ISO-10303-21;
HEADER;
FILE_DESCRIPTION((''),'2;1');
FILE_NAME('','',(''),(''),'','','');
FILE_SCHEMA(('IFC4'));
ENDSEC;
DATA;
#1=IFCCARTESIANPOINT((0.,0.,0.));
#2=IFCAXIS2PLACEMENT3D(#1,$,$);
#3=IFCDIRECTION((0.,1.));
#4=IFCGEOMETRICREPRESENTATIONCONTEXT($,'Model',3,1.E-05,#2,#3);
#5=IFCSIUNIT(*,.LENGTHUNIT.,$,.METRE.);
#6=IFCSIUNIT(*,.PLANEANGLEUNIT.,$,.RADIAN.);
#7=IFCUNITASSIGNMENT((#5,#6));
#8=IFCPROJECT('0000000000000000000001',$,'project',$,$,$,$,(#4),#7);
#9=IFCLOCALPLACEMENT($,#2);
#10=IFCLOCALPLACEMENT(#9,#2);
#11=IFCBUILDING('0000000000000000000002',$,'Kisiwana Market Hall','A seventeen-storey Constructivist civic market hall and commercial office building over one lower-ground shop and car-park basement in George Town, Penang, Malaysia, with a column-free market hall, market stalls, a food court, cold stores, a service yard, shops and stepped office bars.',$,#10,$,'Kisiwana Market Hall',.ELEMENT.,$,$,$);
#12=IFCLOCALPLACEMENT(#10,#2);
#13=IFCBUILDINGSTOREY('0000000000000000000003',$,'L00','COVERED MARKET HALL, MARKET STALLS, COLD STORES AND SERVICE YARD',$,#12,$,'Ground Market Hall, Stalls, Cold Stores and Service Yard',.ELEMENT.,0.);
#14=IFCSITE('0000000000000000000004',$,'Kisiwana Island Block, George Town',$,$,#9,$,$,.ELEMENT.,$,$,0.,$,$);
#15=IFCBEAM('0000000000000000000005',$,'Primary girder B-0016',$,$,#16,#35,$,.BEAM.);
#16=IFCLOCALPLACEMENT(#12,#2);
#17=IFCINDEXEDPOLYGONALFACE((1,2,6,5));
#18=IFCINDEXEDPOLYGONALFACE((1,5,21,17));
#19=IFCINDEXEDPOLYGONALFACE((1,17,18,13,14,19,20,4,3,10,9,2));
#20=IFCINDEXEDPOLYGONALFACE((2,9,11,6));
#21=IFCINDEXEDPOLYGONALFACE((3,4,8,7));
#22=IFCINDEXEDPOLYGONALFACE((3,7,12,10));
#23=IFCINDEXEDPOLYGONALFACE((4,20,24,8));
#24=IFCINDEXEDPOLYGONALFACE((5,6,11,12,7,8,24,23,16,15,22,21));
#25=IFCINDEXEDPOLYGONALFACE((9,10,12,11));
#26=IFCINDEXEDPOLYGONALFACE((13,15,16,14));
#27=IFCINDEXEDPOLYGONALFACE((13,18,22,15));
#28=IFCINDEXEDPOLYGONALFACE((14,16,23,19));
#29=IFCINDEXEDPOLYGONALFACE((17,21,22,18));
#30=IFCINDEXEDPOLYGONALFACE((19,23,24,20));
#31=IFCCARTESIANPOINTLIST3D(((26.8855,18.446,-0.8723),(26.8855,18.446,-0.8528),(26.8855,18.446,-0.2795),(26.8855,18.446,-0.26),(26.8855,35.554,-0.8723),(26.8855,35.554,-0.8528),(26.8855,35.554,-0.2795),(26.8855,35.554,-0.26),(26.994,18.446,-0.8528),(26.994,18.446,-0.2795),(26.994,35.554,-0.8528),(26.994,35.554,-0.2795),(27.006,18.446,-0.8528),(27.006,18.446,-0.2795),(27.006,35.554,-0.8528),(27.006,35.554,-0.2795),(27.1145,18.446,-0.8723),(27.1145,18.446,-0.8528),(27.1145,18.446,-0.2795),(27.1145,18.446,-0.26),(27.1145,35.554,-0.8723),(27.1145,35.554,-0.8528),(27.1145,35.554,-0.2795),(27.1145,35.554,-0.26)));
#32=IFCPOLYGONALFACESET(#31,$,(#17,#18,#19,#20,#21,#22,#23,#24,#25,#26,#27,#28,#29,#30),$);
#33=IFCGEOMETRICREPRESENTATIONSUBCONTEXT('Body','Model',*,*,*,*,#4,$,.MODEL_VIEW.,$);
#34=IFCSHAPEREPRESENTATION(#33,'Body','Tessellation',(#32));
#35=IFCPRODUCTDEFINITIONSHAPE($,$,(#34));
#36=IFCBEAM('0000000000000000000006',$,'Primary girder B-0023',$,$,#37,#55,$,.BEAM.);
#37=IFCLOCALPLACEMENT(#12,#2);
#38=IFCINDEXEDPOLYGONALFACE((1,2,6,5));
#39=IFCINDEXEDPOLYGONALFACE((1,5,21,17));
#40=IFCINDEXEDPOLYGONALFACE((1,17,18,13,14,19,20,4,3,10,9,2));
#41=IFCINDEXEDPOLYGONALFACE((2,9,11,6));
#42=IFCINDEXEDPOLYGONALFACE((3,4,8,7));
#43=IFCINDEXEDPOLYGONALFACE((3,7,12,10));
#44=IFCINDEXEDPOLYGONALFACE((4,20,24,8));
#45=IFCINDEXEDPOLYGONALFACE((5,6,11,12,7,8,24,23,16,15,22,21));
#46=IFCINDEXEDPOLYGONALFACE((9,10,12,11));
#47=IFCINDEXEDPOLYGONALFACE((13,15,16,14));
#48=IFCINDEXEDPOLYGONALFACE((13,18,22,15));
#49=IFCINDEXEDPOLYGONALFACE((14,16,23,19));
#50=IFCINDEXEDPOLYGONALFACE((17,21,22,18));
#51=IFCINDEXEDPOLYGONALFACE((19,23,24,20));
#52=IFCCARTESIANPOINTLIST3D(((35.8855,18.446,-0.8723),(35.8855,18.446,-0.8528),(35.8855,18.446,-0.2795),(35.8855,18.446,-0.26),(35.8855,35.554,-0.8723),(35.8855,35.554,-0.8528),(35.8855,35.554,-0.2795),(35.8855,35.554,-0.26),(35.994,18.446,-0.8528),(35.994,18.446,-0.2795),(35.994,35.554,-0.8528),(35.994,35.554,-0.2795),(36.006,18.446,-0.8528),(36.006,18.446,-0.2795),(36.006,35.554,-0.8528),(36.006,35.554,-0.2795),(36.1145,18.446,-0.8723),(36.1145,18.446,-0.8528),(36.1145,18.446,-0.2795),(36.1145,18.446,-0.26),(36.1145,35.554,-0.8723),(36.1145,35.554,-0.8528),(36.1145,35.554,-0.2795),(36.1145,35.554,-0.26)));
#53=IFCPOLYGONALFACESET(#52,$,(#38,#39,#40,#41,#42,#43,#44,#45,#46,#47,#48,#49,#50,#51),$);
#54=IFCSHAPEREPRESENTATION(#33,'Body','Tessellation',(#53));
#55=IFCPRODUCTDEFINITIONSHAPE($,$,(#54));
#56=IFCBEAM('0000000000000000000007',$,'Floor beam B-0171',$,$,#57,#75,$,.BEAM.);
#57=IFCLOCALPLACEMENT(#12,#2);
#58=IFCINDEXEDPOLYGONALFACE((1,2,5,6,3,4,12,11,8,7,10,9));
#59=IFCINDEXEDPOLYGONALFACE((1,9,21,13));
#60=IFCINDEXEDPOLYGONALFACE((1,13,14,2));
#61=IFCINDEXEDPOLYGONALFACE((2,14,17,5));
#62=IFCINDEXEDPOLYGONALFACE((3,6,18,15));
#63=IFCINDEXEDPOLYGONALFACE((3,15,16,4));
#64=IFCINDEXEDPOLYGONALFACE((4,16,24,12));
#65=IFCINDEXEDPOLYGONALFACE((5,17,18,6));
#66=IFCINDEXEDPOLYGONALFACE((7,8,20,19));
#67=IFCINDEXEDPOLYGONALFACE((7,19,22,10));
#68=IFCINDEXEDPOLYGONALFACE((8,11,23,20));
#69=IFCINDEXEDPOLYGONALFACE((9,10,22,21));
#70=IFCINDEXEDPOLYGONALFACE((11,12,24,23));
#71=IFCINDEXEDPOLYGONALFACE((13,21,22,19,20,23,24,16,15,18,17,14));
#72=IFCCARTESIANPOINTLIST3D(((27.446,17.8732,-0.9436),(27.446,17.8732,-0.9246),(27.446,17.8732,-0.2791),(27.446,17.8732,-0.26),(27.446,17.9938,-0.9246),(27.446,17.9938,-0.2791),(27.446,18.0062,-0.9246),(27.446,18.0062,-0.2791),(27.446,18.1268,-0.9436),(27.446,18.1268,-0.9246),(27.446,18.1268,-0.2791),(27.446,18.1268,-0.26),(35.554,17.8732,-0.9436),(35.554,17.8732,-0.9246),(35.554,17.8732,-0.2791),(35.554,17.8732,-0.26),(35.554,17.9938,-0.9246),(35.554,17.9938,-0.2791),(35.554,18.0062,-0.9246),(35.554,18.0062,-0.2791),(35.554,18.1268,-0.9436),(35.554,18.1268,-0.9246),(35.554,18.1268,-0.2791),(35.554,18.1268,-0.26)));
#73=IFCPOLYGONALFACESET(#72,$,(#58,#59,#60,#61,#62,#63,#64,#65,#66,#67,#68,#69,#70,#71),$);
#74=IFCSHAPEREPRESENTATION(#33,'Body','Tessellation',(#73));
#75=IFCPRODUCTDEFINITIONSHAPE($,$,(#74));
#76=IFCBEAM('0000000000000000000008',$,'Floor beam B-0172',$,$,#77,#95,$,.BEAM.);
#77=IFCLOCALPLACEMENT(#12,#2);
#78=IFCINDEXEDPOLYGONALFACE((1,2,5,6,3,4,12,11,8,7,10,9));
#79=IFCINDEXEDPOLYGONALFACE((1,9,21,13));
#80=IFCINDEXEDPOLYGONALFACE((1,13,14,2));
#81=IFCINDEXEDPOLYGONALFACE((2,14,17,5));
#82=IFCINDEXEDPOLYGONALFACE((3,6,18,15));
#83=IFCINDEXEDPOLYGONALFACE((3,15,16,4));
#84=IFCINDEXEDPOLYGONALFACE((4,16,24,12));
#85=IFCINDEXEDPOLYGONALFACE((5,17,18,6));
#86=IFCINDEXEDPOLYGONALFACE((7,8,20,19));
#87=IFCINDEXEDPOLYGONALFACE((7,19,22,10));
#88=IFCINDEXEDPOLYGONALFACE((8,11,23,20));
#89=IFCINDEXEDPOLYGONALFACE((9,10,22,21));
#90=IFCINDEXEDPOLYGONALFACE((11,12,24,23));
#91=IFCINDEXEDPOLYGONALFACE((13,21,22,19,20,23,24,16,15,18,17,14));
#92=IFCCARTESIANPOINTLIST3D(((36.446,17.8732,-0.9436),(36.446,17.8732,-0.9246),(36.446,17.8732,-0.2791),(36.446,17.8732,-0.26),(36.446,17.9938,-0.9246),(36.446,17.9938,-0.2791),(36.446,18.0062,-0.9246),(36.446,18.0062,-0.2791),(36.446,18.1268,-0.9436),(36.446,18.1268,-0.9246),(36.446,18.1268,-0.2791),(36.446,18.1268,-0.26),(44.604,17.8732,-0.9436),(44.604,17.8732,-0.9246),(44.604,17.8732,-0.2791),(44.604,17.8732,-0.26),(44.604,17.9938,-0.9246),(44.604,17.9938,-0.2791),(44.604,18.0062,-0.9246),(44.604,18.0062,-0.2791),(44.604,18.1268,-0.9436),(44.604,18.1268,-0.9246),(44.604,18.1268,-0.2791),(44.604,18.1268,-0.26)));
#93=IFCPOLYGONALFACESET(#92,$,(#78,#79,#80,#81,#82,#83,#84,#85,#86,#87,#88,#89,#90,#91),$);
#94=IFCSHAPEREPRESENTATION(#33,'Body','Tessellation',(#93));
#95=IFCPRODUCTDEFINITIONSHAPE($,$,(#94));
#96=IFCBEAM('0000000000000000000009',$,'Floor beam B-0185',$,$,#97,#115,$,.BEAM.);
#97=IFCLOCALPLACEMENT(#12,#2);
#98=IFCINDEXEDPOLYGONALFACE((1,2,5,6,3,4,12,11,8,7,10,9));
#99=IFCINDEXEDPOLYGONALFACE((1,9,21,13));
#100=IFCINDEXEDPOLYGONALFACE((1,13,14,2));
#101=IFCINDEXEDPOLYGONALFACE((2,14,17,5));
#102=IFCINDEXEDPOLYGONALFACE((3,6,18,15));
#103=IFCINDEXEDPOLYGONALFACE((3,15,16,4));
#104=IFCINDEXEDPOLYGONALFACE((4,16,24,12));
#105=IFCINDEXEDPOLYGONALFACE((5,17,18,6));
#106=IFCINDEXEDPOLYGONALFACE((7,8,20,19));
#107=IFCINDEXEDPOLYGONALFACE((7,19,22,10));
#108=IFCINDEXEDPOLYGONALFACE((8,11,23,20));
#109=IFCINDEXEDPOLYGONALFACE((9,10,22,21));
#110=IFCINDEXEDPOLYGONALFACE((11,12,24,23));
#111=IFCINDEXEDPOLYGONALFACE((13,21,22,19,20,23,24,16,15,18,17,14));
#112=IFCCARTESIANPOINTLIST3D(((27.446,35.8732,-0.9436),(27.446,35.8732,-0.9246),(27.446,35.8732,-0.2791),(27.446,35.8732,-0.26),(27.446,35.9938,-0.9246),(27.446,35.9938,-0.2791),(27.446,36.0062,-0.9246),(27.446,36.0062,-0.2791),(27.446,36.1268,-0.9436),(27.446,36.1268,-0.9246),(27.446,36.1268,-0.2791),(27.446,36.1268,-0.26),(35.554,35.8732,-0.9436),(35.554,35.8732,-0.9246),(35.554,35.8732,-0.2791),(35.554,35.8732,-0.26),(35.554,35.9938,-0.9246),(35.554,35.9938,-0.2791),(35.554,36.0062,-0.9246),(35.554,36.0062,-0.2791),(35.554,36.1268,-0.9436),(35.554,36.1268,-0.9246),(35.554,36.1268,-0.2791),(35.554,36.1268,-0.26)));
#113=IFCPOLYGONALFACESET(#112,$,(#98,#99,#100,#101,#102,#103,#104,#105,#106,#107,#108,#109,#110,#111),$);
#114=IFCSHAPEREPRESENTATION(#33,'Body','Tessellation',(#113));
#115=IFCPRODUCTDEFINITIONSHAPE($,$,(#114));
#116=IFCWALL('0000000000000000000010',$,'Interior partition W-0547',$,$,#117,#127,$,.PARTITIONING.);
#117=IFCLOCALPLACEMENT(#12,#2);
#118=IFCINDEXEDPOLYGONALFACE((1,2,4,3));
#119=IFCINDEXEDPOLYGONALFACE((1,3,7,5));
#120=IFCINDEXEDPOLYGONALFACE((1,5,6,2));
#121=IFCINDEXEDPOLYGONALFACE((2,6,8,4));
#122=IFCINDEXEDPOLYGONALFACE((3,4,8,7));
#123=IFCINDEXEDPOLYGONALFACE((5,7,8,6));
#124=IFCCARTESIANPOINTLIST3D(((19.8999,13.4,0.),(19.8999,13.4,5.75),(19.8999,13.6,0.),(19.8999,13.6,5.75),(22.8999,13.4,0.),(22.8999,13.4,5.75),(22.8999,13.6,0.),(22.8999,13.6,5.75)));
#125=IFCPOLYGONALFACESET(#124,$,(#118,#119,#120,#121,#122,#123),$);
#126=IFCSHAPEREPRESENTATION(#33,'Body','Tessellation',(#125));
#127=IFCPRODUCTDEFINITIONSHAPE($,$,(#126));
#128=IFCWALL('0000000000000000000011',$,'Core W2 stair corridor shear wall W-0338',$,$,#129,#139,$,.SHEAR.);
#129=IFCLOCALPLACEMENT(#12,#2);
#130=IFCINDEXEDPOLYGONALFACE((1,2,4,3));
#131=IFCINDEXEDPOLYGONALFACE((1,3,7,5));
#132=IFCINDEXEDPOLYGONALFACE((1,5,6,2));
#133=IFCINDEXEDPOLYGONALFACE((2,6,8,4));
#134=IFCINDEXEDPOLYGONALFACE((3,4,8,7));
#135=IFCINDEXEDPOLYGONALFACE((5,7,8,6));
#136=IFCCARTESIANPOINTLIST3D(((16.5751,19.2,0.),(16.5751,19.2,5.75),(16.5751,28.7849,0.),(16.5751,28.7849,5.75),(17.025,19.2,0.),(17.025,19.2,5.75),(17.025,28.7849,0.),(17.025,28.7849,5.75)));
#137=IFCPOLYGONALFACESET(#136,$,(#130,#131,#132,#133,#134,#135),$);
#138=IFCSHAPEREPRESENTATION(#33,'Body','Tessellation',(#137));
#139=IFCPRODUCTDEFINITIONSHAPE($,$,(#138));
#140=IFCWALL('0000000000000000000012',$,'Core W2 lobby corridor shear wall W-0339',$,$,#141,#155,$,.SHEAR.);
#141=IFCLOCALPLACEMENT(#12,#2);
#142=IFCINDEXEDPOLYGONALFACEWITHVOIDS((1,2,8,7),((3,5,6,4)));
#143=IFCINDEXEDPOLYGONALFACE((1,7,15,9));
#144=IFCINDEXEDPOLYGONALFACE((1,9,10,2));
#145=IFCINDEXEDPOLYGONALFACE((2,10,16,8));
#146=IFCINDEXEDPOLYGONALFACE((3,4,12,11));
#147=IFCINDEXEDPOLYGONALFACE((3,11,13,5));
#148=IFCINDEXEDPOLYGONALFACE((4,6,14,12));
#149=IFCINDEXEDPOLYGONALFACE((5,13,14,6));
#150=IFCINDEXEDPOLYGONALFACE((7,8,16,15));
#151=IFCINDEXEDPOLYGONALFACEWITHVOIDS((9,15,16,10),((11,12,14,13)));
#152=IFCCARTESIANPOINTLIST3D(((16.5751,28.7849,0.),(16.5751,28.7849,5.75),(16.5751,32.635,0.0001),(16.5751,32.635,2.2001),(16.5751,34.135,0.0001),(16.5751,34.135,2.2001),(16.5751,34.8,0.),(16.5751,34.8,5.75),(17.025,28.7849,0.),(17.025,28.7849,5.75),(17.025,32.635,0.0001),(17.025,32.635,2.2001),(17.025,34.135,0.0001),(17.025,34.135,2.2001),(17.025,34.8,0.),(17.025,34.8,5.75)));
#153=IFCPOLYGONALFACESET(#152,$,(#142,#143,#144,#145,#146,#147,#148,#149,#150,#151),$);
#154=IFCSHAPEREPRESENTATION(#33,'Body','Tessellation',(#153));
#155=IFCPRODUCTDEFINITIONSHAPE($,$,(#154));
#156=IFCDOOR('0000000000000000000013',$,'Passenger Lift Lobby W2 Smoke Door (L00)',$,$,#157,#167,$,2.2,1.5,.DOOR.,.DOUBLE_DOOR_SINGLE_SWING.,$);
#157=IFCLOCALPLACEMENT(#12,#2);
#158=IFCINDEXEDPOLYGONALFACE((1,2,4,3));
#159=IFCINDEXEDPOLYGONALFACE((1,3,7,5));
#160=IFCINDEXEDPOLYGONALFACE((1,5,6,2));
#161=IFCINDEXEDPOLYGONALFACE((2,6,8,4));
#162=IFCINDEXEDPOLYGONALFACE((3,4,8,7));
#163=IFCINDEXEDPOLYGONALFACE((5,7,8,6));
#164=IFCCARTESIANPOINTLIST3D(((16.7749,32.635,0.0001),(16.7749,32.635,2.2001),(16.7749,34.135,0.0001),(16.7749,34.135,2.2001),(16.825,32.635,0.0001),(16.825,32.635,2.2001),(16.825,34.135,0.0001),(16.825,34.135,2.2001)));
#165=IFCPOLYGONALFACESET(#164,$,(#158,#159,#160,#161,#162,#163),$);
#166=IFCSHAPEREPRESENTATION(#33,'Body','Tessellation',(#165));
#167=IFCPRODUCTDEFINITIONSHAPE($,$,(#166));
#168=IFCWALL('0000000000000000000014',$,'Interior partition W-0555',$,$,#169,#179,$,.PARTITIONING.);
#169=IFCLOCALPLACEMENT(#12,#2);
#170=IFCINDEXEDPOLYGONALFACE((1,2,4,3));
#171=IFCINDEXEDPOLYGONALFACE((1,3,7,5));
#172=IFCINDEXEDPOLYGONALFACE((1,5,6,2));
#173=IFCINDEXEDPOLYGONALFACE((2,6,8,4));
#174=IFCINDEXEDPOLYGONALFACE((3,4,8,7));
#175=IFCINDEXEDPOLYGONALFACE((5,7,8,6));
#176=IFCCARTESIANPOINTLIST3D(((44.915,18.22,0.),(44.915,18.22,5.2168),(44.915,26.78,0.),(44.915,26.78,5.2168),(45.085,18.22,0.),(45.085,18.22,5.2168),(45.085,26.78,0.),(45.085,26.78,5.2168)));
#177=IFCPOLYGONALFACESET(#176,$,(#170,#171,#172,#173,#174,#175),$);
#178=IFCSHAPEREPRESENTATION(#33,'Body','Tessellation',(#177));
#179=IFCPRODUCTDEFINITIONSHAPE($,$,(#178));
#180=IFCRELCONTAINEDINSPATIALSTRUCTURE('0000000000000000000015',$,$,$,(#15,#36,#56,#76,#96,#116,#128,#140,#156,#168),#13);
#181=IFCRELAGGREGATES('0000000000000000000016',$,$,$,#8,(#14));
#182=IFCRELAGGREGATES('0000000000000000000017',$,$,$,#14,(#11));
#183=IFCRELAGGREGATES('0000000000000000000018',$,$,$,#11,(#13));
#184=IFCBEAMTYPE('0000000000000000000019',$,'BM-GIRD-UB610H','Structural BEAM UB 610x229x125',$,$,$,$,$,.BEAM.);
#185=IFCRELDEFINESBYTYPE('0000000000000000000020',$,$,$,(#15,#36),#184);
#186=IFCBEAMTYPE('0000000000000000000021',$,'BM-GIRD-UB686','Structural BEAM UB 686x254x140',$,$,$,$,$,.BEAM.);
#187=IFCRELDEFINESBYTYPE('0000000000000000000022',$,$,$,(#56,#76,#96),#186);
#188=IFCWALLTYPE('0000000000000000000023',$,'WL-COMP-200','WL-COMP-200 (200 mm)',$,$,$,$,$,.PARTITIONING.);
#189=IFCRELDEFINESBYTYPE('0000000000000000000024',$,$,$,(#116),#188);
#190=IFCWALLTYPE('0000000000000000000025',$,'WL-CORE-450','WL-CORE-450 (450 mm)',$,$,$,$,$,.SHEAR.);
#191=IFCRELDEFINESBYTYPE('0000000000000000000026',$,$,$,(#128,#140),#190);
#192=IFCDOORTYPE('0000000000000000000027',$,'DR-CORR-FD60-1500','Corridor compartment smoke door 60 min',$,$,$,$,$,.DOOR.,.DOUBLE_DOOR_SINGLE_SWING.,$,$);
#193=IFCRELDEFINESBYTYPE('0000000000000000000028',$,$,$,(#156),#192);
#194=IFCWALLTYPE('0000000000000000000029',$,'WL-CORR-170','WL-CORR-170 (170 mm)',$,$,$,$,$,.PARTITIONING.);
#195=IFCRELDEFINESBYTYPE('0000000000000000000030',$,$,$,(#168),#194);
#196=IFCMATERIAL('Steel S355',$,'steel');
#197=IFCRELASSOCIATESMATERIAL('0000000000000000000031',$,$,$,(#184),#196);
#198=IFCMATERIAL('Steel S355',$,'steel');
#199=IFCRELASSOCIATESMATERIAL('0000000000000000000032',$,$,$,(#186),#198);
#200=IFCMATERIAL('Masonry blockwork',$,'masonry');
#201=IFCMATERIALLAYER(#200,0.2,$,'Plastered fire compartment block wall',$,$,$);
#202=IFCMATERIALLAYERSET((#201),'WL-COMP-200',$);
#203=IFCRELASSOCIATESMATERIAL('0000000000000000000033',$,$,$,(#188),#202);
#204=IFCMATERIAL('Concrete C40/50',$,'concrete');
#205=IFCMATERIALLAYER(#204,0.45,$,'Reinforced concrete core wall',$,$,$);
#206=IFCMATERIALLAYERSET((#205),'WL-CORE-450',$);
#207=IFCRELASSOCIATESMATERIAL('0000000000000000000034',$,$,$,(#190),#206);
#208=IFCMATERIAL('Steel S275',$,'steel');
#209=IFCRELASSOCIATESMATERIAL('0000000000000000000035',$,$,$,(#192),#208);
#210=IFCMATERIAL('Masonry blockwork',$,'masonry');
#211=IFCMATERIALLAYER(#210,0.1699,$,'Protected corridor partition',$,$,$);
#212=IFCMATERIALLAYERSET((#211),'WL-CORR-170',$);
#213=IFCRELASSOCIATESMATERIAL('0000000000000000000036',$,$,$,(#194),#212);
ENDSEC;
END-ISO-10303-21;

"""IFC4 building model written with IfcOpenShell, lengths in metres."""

from ifc_helpers import new_model, si_unit, direction, frame, frame_2d, origin, origin_2d, place, context, subcontext, project, spatial, rectangle, i_section, extrude, material, layer, layer_set, material_profile, profile_set, type_object, element, fill, save


model = new_model("IFC4")

# Units and contexts
model_context = context("Model", 3, precision=1e-05, world=origin(), true_north=direction((0.0, 1.0)))
body_context = subcontext(model_context, "Body", "Model", "MODEL_VIEW")
ifc_project = project(units=[si_unit("LENGTHUNIT", "METRE"), si_unit("PLANEANGLEUNIT", "RADIAN")], contexts=[model_context])

# Site, building, storey
site_placement = place(None, origin())
site = spatial("IfcSite", under=ifc_project, at=site_placement, Name="Kisiwana Island Block, George Town", CompositionType="ELEMENT", RefElevation=0.0)
building_placement = place(site_placement, origin())
building = spatial("IfcBuilding", under=site, at=building_placement, Name="Kisiwana Market Hall", Description="A seventeen-storey Constructivist civic market hall and commercial office building over one lower-ground shop and car-park basement in George Town, Penang, Malaysia, with a column-free market hall, market stalls, a food court, cold stores, a service yard, shops and stepped office bars.", LongName="Kisiwana Market Hall", CompositionType="ELEMENT")
storey_placement = place(building_placement, origin())
storey = spatial("IfcBuildingStorey", under=building, at=storey_placement, Name="L00", Description="COVERED MARKET HALL, MARKET STALLS, COLD STORES AND SERVICE YARD", LongName="Ground Market Hall, Stalls, Cold Stores and Service Yard", CompositionType="ELEMENT", Elevation=0.0)

# Beams
ifc_material_1 = material(Name="Steel S355", Category="steel")
ifc_material_profile_1 = material_profile(ifc_material_1, i_section(OverallWidth=0.229, OverallDepth=0.6123, WebThickness=0.012, FlangeThickness=0.0195, at=origin_2d()), Name="UB 610x229x125")
ifc_profile_set_1 = profile_set([ifc_material_profile_1], Name="Steel S355")
beam_type_1 = type_object("IfcBeamType", Name="BM-GIRD-UB610H", Description="Structural BEAM UB 610x229x125", PredefinedType="BEAM", material=ifc_profile_set_1)
for number, where, z_axis, x_axis, name in (
    (1, (27.0, 18.446, -0.5662), (0.0, 1.0, 0.0), (-1.0, 0.0, 0.0), "Primary girder B-0016"),
    (2, (36.0, 18.446, -0.5662), (0.0, 1.0, 0.0), (-1.0, 0.0, 0.0), "Primary girder B-0023"),
):
    element("IfcBeam", number, at=place(storey_placement, frame(where, z_axis=z_axis, x_axis=x_axis)), inside=storey, type_object=beam_type_1, Name=name, PredefinedType="BEAM", context=body_context, shape_type="SweptSolid", body=[
        extrude(i_section(OverallWidth=0.229, OverallDepth=0.6123, WebThickness=0.012, FlangeThickness=0.0195, at=origin_2d()), origin(), (0.0, 0.0, 1.0), 17.1079),
    ])
ifc_material_2 = material(Name="Steel S355", Category="steel")
ifc_material_profile_2 = material_profile(ifc_material_2, i_section(OverallWidth=0.2537, OverallDepth=0.6836, WebThickness=0.0125, FlangeThickness=0.019, at=origin_2d()), Name="UB 686x254x140")
ifc_profile_set_2 = profile_set([ifc_material_profile_2], Name="Steel S355")
beam_type_2 = type_object("IfcBeamType", Name="BM-GIRD-UB686", Description="Structural BEAM UB 686x254x140", PredefinedType="BEAM", material=ifc_profile_set_2)
beam_1_placement = place(storey_placement, frame((27.446, 18.0, -0.6018), z_axis=(1.0, 0.0, 0.0), x_axis=(0.0, 1.0, 0.0)))
element("IfcBeam", 3, at=beam_1_placement, inside=storey, type_object=beam_type_2, Name="Floor beam B-0171", PredefinedType="BEAM", context=body_context, shape_type="SweptSolid", body=[
    extrude(i_section(OverallWidth=0.2537, OverallDepth=0.6836, WebThickness=0.0125, FlangeThickness=0.019, at=origin_2d()), origin(), (0.0, 0.0, 1.0), 8.1079),
])
beam_2_placement = place(storey_placement, frame((36.446, 18.0, -0.6018), z_axis=(1.0, 0.0, 0.0), x_axis=(0.0, 1.0, 0.0)))
element("IfcBeam", 4, at=beam_2_placement, inside=storey, type_object=beam_type_2, Name="Floor beam B-0172", PredefinedType="BEAM", context=body_context, shape_type="SweptSolid", body=[
    extrude(i_section(OverallWidth=0.2537, OverallDepth=0.6836, WebThickness=0.0125, FlangeThickness=0.019, at=origin_2d()), origin(), (0.0, 0.0, 1.0), 8.158),
])
beam_3_placement = place(storey_placement, frame((27.446, 36.0, -0.6018), z_axis=(1.0, 0.0, 0.0), x_axis=(0.0, 1.0, 0.0)))
element("IfcBeam", 5, at=beam_3_placement, inside=storey, type_object=beam_type_2, Name="Floor beam B-0185", PredefinedType="BEAM", context=body_context, shape_type="SweptSolid", body=[
    extrude(i_section(OverallWidth=0.2537, OverallDepth=0.6836, WebThickness=0.0125, FlangeThickness=0.019, at=origin_2d()), origin(), (0.0, 0.0, 1.0), 8.1079),
])

# Walls
ifc_material_3 = material(Name="Masonry blockwork", Category="masonry")
ifc_layer_1 = layer(ifc_material_3, 0.2, Name="Plastered fire compartment block wall")
ifc_layer_set_1 = layer_set([ifc_layer_1], Name="WL-COMP-200")
wall_type_1 = type_object("IfcWallType", Name="WL-COMP-200", Description="WL-COMP-200 (200 mm)", PredefinedType="PARTITIONING", material=ifc_layer_set_1)
wall_1_placement = place(storey_placement, frame((19.8999, 13.5, 0.0), z_axis=(0.0, 0.0, 1.0), x_axis=(1.0, 0.0, 0.0)))
element("IfcWall", 6, at=wall_1_placement, inside=storey, type_object=wall_type_1, Name="Interior partition W-0547", PredefinedType="PARTITIONING", context=body_context, shape_type="SweptSolid", body=[
    extrude(rectangle(XDim=3.0, YDim=0.2, at=frame_2d((1.5, 0.0))), origin(), (0.0, 0.0, 1.0), 5.75),
])
ifc_material_4 = material(Name="Concrete C40/50", Category="concrete")
ifc_layer_2 = layer(ifc_material_4, 0.45, Name="Reinforced concrete core wall")
ifc_layer_set_2 = layer_set([ifc_layer_2], Name="WL-CORE-450")
wall_type_2 = type_object("IfcWallType", Name="WL-CORE-450", Description="WL-CORE-450 (450 mm)", PredefinedType="SHEAR", material=ifc_layer_set_2)
wall_2_placement = place(storey_placement, frame((16.8, 19.2, 0.0), z_axis=(0.0, 0.0, 1.0), x_axis=(0.0, 1.0, 0.0)))
element("IfcWall", 7, at=wall_2_placement, inside=storey, type_object=wall_type_2, Name="Core W2 stair corridor shear wall W-0338", PredefinedType="SHEAR", context=body_context, shape_type="SweptSolid", body=[
    extrude(rectangle(XDim=9.585, YDim=0.45, at=frame_2d((4.7925, 0.0))), origin(), (0.0, 0.0, 1.0), 5.75),
])

# Wall, opening, door
wall_3_placement = place(storey_placement, frame((16.8, 28.7849, 0.0), z_axis=(0.0, 0.0, 1.0), x_axis=(0.0, 1.0, 0.0)))
wall_3 = element("IfcWall", 8, at=wall_3_placement, inside=storey, type_object=wall_type_2, Name="Core W2 lobby corridor shear wall W-0339", PredefinedType="SHEAR", context=body_context, shape_type="SweptSolid", body=[
    extrude(rectangle(XDim=6.0151, YDim=0.45, at=frame_2d((3.0076, 0.0))), origin(), (0.0, 0.0, 1.0), 5.75),
])
opening_placement = place(wall_3_placement, frame((3.8501, 0.0, 0.0)))
opening = element("IfcOpeningElement", 9, at=opening_placement, cuts=wall_3, PredefinedType="OPENING", context=body_context, shape_type="SweptSolid", body=[
    extrude(rectangle(XDim=1.5, YDim=2.2, at=frame_2d((0.75, 1.1001))), frame((0.0, 0.2368, 0.0), z_axis=(0.0, -1.0, 0.0), x_axis=(1.0, 0.0, 0.0)), (0.0, 0.0, 1.0), 0.4739),
])
ifc_material_5 = material(Name="Steel S275", Category="steel")
door_type = type_object("IfcDoorType", Name="DR-CORR-FD60-1500", Description="Corridor compartment smoke door 60 min", OperationType="DOUBLE_DOOR_SINGLE_SWING", PredefinedType="DOOR", material=ifc_material_5)
door_placement = place(opening_placement, frame((1.5, 0.0, 0.0), z_axis=(0.0, 0.0, 1.0), x_axis=(-1.0, 0.0, 0.0)))
door = element("IfcDoor", 10, at=door_placement, inside=storey, type_object=door_type, Name="Passenger Lift Lobby W2 Smoke Door (L00)", OperationType="DOUBLE_DOOR_SINGLE_SWING", OverallHeight=2.2, OverallWidth=1.5, PredefinedType="DOOR", context=body_context, shape_type="SweptSolid", body=[
    extrude(rectangle(XDim=1.5, YDim=2.2, at=frame_2d((0.75, 1.1001))), frame((0.0, 0.0249, 0.0), z_axis=(0.0, -1.0, 0.0), x_axis=(1.0, 0.0, 0.0)), (0.0, 0.0, 1.0), 0.05),
])
fill(opening, door)

# Wall
ifc_material_6 = material(Name="Masonry blockwork", Category="masonry")
ifc_layer_3 = layer(ifc_material_6, 0.1699, Name="Protected corridor partition")
ifc_layer_set_3 = layer_set([ifc_layer_3], Name="WL-CORR-170")
wall_type_3 = type_object("IfcWallType", Name="WL-CORR-170", Description="WL-CORR-170 (170 mm)", PredefinedType="PARTITIONING", material=ifc_layer_set_3)
wall_4_placement = place(storey_placement, frame((45.0, 18.22, 0.0), z_axis=(0.0, 0.0, 1.0), x_axis=(0.0, 1.0, 0.0)))
element("IfcWall", 11, at=wall_4_placement, inside=storey, type_object=wall_type_3, Name="Interior partition W-0555", PredefinedType="PARTITIONING", context=body_context, shape_type="SweptSolid", body=[
    extrude(rectangle(XDim=8.5601, YDim=0.1699, at=frame_2d((4.28, 0.0))), origin(), (0.0, 0.0, 1.0), 5.2168),
])

save(model, "model.ifc")
